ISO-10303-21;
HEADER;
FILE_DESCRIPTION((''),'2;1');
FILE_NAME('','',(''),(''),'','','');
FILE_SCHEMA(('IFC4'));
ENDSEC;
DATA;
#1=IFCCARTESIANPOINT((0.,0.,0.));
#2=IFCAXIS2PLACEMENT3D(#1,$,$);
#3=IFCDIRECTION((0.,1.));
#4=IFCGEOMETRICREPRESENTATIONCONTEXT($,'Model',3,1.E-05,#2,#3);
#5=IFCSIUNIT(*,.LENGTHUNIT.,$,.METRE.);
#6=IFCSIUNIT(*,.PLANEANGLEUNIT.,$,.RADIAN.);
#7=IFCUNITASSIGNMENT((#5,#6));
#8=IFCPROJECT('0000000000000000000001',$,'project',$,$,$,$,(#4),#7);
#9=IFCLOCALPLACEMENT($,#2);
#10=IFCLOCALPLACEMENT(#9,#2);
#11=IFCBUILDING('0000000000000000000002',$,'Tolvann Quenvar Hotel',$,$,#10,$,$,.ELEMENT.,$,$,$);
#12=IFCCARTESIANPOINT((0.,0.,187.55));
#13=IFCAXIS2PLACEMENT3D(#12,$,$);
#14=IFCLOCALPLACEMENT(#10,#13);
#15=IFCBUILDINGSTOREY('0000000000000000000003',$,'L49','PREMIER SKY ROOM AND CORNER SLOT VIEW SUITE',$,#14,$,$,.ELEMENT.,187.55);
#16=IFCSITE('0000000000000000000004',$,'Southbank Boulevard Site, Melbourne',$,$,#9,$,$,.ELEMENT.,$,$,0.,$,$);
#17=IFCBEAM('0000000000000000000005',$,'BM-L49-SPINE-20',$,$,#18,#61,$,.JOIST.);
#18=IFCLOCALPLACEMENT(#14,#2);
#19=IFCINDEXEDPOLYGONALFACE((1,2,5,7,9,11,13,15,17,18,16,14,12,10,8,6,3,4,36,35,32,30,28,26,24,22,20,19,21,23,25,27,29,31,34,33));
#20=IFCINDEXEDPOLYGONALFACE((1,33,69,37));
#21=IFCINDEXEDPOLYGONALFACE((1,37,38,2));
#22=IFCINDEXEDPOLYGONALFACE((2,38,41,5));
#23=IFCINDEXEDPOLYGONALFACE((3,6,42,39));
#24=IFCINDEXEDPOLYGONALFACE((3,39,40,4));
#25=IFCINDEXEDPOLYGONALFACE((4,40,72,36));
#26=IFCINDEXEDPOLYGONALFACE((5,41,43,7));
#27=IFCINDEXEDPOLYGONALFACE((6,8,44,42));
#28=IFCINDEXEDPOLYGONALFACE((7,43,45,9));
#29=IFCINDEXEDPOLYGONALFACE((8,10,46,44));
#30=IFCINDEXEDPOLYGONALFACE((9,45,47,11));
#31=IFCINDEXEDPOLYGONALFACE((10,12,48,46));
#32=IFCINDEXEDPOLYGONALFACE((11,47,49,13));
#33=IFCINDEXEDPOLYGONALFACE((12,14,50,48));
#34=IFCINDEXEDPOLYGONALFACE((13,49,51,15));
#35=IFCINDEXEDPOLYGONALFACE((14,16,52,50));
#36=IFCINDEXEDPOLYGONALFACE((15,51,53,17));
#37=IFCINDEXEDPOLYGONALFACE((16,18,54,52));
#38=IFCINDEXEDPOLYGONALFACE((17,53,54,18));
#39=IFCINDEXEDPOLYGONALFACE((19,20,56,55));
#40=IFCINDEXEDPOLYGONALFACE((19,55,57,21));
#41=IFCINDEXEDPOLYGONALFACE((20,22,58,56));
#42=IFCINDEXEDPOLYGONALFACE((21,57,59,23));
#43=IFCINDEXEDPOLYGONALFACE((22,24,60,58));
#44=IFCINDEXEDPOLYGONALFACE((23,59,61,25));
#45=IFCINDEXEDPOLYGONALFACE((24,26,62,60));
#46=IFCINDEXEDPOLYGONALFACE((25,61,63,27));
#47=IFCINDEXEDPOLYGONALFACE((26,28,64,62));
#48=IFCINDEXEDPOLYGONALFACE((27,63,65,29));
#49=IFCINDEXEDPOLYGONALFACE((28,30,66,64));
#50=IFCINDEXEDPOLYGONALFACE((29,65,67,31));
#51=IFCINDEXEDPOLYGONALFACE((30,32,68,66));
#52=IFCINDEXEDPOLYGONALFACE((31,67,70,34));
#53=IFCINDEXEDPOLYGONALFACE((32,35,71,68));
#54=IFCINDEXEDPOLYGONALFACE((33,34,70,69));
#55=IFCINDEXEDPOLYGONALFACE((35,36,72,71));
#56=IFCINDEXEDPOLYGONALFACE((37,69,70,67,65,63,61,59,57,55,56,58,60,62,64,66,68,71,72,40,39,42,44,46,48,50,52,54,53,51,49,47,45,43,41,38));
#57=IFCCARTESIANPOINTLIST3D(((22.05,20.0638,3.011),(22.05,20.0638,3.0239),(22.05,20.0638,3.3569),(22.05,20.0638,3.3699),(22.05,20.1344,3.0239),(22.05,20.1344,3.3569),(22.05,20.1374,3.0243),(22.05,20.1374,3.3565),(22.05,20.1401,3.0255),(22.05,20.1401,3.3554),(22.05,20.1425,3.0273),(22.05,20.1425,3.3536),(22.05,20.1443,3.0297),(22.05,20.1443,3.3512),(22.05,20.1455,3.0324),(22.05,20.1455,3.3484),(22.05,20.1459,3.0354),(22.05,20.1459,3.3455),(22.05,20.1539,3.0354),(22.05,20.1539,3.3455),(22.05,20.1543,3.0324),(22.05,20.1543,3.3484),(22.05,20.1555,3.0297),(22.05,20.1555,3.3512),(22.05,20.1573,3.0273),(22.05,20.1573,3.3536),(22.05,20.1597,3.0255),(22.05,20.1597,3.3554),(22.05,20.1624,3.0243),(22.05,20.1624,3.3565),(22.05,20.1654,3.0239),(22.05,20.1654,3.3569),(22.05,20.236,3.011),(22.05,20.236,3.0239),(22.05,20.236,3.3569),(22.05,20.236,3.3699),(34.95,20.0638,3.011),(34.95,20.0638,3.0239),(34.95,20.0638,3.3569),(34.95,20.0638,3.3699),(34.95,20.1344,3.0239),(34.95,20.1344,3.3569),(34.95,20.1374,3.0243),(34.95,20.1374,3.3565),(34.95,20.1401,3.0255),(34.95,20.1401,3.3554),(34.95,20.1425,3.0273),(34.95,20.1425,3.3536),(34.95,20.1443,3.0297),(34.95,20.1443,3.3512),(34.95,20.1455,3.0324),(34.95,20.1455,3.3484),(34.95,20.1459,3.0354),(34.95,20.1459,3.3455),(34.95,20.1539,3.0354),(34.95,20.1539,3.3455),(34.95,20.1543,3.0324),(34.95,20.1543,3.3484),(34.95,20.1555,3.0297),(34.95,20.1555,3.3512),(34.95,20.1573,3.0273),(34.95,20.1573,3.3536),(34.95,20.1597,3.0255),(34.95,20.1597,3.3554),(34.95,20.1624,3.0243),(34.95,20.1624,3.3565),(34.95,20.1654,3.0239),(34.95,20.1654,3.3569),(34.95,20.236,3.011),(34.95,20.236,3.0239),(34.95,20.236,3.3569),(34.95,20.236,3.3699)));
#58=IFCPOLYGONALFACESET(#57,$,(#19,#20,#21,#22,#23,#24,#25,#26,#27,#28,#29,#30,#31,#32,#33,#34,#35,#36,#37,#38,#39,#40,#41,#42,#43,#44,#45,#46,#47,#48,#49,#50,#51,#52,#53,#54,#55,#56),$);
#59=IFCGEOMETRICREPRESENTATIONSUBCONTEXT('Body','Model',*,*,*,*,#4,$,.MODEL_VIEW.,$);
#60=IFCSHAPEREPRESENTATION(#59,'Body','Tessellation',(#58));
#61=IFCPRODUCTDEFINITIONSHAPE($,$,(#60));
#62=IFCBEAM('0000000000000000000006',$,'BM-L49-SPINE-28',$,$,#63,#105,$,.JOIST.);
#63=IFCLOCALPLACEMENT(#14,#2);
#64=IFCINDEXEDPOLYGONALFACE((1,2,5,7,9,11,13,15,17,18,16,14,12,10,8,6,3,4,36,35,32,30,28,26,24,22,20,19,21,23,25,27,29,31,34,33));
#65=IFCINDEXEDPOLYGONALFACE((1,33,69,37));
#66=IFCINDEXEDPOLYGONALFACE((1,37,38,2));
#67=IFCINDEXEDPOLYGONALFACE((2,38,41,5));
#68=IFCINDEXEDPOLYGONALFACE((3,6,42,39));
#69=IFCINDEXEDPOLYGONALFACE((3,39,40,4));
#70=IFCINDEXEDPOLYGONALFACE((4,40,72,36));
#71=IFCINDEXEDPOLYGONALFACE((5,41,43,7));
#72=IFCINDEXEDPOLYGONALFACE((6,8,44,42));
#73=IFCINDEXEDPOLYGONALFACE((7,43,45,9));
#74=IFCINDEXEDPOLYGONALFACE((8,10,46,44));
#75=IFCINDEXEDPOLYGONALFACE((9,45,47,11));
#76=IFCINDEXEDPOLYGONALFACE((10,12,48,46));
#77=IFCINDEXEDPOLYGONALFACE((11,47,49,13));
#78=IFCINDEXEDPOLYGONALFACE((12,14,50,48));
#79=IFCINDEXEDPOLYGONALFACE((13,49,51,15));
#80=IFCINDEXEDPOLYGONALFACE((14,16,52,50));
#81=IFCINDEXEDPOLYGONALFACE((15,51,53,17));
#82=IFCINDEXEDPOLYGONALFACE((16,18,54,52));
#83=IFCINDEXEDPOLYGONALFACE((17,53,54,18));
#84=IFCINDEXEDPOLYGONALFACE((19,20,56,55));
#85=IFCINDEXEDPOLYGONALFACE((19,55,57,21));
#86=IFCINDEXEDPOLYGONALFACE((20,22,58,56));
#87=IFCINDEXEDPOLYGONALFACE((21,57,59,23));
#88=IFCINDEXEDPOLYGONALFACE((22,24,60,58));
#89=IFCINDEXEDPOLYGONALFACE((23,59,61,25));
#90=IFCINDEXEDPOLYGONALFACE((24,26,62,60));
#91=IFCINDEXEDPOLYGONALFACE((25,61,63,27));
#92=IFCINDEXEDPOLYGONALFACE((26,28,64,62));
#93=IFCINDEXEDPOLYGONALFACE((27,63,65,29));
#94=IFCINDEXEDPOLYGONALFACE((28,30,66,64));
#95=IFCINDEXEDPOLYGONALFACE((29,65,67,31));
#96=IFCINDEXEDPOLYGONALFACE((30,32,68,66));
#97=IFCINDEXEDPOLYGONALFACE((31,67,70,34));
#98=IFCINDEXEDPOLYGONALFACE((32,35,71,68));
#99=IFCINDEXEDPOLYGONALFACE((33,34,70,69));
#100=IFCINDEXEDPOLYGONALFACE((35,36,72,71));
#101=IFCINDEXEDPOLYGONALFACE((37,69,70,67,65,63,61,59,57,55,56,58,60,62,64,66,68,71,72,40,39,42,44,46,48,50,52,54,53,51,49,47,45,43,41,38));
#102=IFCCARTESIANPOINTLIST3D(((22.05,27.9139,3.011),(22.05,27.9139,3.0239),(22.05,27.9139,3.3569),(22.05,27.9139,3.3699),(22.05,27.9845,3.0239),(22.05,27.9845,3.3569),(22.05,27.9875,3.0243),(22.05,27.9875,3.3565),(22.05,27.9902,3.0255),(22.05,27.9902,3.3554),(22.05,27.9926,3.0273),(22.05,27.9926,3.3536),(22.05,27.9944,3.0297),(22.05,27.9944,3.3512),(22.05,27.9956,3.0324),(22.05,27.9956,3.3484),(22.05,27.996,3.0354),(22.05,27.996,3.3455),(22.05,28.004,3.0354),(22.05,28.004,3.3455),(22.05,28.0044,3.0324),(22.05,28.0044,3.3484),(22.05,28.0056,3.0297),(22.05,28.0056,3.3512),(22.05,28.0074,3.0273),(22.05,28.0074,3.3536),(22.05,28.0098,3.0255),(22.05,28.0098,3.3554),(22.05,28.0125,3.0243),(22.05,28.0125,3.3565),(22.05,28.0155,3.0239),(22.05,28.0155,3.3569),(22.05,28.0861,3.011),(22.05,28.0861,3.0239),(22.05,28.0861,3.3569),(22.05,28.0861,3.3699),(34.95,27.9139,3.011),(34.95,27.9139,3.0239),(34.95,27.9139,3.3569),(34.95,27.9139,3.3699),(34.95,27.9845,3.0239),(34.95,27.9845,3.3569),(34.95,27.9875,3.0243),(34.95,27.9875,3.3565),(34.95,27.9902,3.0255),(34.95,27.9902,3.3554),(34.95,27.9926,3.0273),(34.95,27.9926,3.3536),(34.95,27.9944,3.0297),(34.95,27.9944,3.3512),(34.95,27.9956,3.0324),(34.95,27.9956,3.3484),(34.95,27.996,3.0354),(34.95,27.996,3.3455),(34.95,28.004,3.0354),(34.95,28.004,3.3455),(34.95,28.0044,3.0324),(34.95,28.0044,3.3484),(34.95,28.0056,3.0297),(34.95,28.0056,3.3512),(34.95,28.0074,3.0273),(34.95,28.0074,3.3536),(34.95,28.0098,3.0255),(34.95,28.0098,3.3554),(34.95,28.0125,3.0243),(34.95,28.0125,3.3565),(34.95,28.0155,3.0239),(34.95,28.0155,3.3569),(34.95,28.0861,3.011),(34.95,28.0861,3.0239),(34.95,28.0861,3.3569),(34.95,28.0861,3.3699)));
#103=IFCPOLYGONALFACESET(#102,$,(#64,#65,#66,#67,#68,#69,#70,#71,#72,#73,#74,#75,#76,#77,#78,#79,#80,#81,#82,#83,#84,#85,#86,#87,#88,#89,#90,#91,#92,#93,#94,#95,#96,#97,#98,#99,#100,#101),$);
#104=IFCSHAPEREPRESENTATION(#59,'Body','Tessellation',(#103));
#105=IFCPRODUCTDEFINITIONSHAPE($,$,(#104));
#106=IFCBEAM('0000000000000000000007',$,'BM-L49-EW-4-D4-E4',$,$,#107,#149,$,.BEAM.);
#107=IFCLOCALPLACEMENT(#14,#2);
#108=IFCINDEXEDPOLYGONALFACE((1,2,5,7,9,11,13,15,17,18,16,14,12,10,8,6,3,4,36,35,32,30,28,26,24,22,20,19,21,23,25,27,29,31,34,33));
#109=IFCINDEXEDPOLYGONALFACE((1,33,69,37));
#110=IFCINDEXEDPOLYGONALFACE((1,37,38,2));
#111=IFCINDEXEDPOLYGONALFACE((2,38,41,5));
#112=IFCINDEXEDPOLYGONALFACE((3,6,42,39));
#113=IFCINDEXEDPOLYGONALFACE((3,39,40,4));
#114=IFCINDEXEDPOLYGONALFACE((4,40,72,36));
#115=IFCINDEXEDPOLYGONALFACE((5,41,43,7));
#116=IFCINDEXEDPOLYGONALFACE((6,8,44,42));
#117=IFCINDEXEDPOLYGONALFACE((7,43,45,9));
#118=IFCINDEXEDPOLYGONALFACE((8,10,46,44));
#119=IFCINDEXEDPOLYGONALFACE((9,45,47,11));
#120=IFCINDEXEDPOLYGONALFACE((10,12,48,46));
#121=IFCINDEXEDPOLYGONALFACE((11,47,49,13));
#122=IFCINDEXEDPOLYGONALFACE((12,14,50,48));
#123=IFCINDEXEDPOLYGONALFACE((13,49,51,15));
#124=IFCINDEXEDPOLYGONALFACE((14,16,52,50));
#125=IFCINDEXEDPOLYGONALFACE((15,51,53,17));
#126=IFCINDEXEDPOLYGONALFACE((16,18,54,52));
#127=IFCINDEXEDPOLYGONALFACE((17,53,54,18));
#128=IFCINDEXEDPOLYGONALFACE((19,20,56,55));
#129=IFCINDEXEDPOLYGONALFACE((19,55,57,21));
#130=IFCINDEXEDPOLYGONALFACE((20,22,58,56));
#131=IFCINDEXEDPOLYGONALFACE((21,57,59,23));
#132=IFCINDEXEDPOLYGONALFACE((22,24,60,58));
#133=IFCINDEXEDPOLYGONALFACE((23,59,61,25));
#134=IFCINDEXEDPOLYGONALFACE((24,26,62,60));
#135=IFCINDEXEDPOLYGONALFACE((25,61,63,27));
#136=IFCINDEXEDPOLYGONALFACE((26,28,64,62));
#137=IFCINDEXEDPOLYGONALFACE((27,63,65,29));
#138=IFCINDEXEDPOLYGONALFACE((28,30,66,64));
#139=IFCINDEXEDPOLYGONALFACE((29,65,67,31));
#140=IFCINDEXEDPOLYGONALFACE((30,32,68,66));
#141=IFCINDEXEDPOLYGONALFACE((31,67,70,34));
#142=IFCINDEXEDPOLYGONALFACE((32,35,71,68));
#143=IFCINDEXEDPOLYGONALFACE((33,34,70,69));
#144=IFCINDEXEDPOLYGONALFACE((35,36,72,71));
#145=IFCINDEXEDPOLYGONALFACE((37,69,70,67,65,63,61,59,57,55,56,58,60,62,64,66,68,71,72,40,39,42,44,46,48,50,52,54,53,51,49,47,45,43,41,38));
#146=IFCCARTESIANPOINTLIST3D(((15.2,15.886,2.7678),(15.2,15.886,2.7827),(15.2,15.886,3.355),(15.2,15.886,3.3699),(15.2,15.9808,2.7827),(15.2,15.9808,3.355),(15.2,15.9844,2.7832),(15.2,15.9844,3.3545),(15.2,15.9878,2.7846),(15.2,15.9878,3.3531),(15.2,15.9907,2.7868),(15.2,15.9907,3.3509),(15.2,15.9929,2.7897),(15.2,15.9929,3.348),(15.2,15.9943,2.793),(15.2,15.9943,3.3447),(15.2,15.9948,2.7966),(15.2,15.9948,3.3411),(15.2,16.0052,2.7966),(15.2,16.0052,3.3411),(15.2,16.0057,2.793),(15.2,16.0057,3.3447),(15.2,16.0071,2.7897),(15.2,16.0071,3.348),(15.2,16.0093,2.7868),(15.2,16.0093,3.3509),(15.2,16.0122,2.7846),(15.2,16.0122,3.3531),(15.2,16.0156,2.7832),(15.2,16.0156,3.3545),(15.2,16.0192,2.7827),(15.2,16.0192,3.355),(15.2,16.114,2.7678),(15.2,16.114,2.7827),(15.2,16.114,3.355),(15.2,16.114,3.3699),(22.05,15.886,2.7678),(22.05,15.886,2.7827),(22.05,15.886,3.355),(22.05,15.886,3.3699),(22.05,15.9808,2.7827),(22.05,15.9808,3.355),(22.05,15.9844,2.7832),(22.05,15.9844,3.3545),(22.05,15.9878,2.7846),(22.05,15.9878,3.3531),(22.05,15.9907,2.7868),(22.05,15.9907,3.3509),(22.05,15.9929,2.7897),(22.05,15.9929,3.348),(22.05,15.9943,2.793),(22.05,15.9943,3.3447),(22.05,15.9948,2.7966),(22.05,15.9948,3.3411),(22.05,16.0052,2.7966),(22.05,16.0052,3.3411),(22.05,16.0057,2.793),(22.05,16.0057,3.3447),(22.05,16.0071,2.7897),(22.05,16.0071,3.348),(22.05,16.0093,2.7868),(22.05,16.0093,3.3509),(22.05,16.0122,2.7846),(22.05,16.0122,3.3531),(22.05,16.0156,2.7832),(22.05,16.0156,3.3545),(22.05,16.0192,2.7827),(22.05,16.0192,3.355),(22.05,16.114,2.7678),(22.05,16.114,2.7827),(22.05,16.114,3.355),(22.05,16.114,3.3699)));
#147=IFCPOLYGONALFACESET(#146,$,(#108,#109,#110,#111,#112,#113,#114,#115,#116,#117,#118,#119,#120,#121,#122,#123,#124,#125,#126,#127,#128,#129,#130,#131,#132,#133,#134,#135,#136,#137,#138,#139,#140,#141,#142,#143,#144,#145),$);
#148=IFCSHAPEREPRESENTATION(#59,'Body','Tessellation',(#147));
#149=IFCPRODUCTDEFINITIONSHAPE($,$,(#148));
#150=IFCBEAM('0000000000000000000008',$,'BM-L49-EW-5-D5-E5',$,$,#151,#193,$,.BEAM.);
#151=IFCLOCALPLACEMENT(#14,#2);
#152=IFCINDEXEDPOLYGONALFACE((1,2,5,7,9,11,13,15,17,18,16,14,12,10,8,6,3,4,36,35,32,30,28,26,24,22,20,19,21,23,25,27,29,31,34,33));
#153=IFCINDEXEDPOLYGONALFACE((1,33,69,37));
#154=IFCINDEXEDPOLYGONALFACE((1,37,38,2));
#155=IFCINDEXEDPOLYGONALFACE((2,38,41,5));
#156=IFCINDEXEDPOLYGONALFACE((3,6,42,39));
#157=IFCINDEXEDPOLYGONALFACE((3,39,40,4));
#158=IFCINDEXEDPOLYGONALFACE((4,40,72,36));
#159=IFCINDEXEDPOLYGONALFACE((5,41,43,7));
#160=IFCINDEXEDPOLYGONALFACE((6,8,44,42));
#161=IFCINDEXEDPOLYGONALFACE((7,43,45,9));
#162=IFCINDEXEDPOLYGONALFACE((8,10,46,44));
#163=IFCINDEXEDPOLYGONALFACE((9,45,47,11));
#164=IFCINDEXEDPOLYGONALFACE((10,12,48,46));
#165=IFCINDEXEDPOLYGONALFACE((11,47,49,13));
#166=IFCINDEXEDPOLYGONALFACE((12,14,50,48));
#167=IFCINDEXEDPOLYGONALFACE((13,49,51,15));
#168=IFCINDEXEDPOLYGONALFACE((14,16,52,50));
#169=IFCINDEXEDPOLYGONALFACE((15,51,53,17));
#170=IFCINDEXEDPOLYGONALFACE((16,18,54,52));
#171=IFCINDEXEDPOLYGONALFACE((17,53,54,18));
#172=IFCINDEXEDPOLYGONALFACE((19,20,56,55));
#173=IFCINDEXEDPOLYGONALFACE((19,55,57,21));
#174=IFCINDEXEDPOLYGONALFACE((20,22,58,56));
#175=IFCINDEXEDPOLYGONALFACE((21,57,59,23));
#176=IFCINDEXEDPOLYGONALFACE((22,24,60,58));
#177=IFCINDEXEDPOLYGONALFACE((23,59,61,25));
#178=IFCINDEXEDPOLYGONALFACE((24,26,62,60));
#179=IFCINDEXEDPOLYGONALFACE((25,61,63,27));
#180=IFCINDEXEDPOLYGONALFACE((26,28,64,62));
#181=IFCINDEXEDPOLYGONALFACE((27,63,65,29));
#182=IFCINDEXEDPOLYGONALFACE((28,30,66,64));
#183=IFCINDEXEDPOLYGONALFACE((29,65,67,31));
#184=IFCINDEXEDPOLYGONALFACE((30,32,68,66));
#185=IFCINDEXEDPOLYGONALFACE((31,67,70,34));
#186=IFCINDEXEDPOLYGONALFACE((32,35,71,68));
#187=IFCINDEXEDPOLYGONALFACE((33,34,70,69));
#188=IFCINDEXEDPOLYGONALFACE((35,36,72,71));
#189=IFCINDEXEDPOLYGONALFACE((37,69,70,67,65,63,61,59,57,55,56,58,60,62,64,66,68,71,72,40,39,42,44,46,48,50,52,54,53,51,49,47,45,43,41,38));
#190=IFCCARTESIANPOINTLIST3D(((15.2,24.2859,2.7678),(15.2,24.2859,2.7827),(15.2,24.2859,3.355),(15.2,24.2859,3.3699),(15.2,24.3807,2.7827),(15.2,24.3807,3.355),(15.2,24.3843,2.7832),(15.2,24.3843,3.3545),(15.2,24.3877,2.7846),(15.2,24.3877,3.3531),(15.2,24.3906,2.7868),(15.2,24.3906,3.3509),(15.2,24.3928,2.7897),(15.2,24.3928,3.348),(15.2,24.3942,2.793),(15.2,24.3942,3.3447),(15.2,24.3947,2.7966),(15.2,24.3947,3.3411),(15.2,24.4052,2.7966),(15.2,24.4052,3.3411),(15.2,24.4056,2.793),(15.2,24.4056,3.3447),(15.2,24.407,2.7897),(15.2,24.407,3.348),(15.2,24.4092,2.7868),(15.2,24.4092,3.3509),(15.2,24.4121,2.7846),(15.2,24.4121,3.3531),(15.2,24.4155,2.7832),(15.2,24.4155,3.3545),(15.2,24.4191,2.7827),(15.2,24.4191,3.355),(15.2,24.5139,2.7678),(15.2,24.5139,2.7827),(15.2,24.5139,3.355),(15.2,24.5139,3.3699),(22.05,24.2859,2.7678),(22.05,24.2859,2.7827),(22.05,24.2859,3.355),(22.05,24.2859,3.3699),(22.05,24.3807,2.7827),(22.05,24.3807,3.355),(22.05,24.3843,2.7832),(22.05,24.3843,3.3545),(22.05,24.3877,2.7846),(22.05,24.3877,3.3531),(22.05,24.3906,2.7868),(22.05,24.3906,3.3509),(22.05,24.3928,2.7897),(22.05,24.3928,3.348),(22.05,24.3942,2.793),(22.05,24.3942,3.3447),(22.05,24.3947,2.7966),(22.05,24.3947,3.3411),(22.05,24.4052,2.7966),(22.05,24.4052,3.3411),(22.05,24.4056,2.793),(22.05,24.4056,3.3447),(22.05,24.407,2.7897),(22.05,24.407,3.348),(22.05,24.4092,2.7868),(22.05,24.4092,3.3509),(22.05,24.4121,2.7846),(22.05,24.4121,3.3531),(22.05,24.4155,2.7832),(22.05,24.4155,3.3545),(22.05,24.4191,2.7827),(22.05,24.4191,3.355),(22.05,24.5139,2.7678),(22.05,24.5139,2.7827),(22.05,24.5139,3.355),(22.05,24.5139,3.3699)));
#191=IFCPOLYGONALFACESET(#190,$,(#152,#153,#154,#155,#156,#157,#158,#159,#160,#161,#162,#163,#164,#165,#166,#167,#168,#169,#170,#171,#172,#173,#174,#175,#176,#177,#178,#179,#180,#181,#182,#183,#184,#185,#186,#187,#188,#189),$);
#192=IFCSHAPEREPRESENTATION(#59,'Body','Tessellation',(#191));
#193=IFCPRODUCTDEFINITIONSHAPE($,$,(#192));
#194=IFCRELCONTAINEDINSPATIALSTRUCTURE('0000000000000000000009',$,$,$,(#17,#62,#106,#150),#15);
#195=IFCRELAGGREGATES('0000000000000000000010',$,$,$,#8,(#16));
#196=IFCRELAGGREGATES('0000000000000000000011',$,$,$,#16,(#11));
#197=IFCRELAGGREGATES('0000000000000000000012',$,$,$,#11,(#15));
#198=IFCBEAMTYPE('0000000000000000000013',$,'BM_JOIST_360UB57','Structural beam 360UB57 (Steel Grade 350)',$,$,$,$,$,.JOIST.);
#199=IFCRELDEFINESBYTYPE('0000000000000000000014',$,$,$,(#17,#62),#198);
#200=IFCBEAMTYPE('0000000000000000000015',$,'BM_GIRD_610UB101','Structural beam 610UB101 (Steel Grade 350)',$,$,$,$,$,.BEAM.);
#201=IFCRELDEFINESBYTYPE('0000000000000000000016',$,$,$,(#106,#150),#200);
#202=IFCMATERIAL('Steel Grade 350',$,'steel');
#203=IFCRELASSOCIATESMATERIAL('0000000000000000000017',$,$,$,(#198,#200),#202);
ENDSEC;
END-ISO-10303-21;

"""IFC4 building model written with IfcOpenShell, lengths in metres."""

from ifc_helpers import new_model, si_unit, direction, frame, origin, origin_2d, place, context, subcontext, project, spatial, i_section, extrude, source, transform, mapped, material, material_profile, profile_set, type_object, type_shapes, element, save


model = new_model("IFC4")

# Units and contexts
model_context = context("Model", 3, precision=1e-05, world=origin(), true_north=direction((0.0, 1.0)))
body_context = subcontext(model_context, "Body", "Model", "MODEL_VIEW")
ifc_project = project(units=[si_unit("LENGTHUNIT", "METRE"), si_unit("PLANEANGLEUNIT", "RADIAN")], contexts=[model_context])

# Site, building, storey
site_placement = place(None, origin())
site = spatial("IfcSite", under=ifc_project, at=site_placement, Name="Southbank Boulevard Site, Melbourne", CompositionType="ELEMENT", RefElevation=0.0)
building_placement = place(site_placement, origin())
building = spatial("IfcBuilding", under=site, at=building_placement, Name="Tolvann Quenvar Hotel", CompositionType="ELEMENT")
storey_placement = place(building_placement, frame((0.0, 0.0, 187.55)))
storey = spatial("IfcBuildingStorey", under=building, at=storey_placement, Name="L49", Description="PREMIER SKY ROOM AND CORNER SLOT VIEW SUITE", CompositionType="ELEMENT", Elevation=187.55)

# Shared definitions
ifc_material_1 = material(Name="Steel Grade 350", Category="steel")

# Beams
ifc_material_profile_1 = material_profile(ifc_material_1, i_section(OverallWidth=0.1721, OverallDepth=0.3589, WebThickness=0.0081, FlangeThickness=0.0129, FilletRadius=0.0115, at=origin_2d()), Name="360UB57")
ifc_profile_set_1 = profile_set([ifc_material_profile_1], Name="Steel Grade 350")
beam_type_1 = type_object("IfcBeamType", Name="BM_JOIST_360UB57", Description="Structural beam 360UB57 (Steel Grade 350)", PredefinedType="JOIST", material=ifc_profile_set_1)
shared_shape_1 = source(origin(), body_context, "Body", "SweptSolid", [
    extrude(i_section(OverallWidth=0.1721, OverallDepth=0.3589, WebThickness=0.0081, FlangeThickness=0.0129, FilletRadius=0.0115, at=origin_2d()), origin(), (0.0, 0.0, 1.0), 12.8999),
])
type_shapes(beam_type_1, [shared_shape_1])
for number, where, z_axis, x_axis, name in (
    (1, (22.05, 20.1499, 3.1904), (1.0, 0.0, 0.0), (0.0, 1.0, 0.0), "BM-L49-SPINE-20"),
    (2, (22.05, 28.0, 3.1904), (1.0, 0.0, 0.0), (0.0, 1.0, 0.0), "BM-L49-SPINE-28"),
):
    element("IfcBeam", number, at=place(storey_placement, frame(where, z_axis=z_axis, x_axis=x_axis)), inside=storey, type_object=beam_type_1, Name=name, PredefinedType="JOIST", context=body_context, shape_type="MappedRepresentation", body=[
        mapped(shared_shape_1, transform((0.0, 0.0, 0.0), x_axis=(1.0, 0.0, 0.0), y_axis=(0.0, 1.0, 0.0), z_axis=(0.0, 0.0, 1.0), scale=1.0)),
    ])
ifc_material_profile_2 = material_profile(ifc_material_1, i_section(OverallWidth=0.228, OverallDepth=0.6021, WebThickness=0.0105, FlangeThickness=0.0149, FilletRadius=0.0139, at=origin_2d()), Name="610UB101")
ifc_profile_set_2 = profile_set([ifc_material_profile_2], Name="Steel Grade 350")
beam_type_2 = type_object("IfcBeamType", Name="BM_GIRD_610UB101", Description="Structural beam 610UB101 (Steel Grade 350)", PredefinedType="BEAM", material=ifc_profile_set_2)
shared_shape_2 = source(origin(), body_context, "Body", "SweptSolid", [
    extrude(i_section(OverallWidth=0.228, OverallDepth=0.6021, WebThickness=0.0105, FlangeThickness=0.0149, FilletRadius=0.0139, at=origin_2d()), origin(), (0.0, 0.0, 1.0), 6.8501),
])
for number, where, z_axis, x_axis, name in (
    (3, (15.2, 16.0, 3.0688), (1.0, 0.0, 0.0), (0.0, 1.0, 0.0), "BM-L49-EW-4-D4-E4"),
    (4, (15.2, 24.3999, 3.0688), (1.0, 0.0, 0.0), (0.0, 1.0, 0.0), "BM-L49-EW-5-D5-E5"),
):
    element("IfcBeam", number, at=place(storey_placement, frame(where, z_axis=z_axis, x_axis=x_axis)), inside=storey, type_object=beam_type_2, Name=name, PredefinedType="BEAM", context=body_context, shape_type="MappedRepresentation", body=[
        mapped(shared_shape_2, transform((0.0, 0.0, 0.0), x_axis=(1.0, 0.0, 0.0), y_axis=(0.0, 1.0, 0.0), z_axis=(0.0, 0.0, 1.0), scale=1.0)),
    ])

save(model, "model.ifc")
